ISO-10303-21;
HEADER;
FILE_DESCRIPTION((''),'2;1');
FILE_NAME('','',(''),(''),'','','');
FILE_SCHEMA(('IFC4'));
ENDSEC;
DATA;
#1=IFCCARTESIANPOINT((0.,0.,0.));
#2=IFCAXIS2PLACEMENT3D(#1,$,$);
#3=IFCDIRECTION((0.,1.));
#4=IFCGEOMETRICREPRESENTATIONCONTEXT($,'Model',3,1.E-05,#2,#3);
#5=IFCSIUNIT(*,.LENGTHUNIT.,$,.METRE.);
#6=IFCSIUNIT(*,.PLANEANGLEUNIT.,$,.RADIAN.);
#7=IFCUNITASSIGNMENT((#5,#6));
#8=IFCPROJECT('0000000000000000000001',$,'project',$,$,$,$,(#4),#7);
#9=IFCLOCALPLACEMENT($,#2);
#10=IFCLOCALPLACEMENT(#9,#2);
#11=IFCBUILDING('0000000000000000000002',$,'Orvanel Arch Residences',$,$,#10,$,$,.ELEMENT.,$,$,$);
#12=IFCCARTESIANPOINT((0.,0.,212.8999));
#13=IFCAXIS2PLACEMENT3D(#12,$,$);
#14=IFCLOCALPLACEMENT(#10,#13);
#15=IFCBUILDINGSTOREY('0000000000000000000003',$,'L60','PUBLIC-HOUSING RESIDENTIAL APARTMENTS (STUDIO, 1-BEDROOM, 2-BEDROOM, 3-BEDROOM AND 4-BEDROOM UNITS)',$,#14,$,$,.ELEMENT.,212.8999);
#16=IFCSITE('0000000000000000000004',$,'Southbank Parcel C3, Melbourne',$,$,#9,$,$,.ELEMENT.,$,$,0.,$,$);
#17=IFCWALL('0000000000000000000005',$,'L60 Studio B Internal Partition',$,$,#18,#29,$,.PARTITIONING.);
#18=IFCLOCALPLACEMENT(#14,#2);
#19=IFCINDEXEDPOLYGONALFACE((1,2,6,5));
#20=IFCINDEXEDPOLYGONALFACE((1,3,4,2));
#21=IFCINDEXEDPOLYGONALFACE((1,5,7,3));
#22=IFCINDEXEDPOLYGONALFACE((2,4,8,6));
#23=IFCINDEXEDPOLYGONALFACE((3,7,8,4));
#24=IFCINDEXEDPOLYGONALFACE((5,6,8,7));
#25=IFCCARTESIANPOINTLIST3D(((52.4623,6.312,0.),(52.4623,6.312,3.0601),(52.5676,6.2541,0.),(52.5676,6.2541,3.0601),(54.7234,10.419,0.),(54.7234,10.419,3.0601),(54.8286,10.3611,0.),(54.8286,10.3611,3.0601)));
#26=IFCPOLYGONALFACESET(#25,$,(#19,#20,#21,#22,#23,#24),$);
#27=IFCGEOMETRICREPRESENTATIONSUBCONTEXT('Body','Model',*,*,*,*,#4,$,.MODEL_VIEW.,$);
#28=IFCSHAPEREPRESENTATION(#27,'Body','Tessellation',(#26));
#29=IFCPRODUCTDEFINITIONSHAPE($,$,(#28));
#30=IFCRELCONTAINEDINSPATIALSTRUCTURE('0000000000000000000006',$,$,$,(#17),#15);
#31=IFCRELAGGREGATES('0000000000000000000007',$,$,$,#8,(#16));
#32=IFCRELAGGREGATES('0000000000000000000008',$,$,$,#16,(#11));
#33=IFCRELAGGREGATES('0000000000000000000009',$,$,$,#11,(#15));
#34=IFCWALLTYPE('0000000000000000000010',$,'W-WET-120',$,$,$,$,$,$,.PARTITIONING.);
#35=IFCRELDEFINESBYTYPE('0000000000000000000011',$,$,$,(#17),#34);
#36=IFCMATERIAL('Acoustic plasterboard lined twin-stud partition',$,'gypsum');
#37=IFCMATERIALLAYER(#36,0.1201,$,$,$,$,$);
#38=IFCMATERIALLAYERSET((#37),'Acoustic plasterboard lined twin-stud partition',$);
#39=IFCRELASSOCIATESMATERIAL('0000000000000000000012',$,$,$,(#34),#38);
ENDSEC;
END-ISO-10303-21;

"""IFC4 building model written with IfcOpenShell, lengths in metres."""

from ifc_helpers import new_model, si_unit, direction, frame, frame_2d, origin, place, context, subcontext, project, spatial, rectangle, extrude, material, layer, layer_set, type_object, element, save


model = new_model("IFC4")

# Units and contexts
model_context = context("Model", 3, precision=1e-05, world=origin(), true_north=direction((0.0, 1.0)))
body_context = subcontext(model_context, "Body", "Model", "MODEL_VIEW")
ifc_project = project(units=[si_unit("LENGTHUNIT", "METRE"), si_unit("PLANEANGLEUNIT", "RADIAN")], contexts=[model_context])

# Site, building, storey
site_placement = place(None, origin())
site = spatial("IfcSite", under=ifc_project, at=site_placement, Name="Southbank Parcel C3, Melbourne", CompositionType="ELEMENT", RefElevation=0.0)
building_placement = place(site_placement, origin())
building = spatial("IfcBuilding", under=site, at=building_placement, Name="Orvanel Arch Residences", CompositionType="ELEMENT")
storey_placement = place(building_placement, frame((0.0, 0.0, 212.8999)))
storey = spatial("IfcBuildingStorey", under=building, at=storey_placement, Name="L60", Description="PUBLIC-HOUSING RESIDENTIAL APARTMENTS (STUDIO, 1-BEDROOM, 2-BEDROOM, 3-BEDROOM AND 4-BEDROOM UNITS)", CompositionType="ELEMENT", Elevation=212.8999)

# Shared definitions
ifc_material_1 = material(Name="Acoustic plasterboard lined twin-stud partition", Category="gypsum")

# Shared definitions
ifc_layer_1 = layer(ifc_material_1, 0.1201)
ifc_layer_set_1 = layer_set([ifc_layer_1], Name="Acoustic plasterboard lined twin-stud partition")
wall_type_1 = type_object("IfcWallType", Name="W-WET-120", PredefinedType="PARTITIONING", material=ifc_layer_set_1)

# Wall
wall_1_placement = place(storey_placement, frame((52.5149, 6.283, 0.0), z_axis=(0.0, 0.0, 1.0), x_axis=(0.482275, 0.87602, 0.0)))
element("IfcWall", 1, at=wall_1_placement, inside=storey, type_object=wall_type_1, Name="L60 Studio B Internal Partition", PredefinedType="PARTITIONING", context=body_context, shape_type="SweptSolid", body=[
    extrude(rectangle(XDim=4.6882, YDim=0.1201, at=frame_2d((2.3442, 0.0))), origin(), (0.0, 0.0, 1.0), 3.0601),
])

save(model, "model.ifc")
